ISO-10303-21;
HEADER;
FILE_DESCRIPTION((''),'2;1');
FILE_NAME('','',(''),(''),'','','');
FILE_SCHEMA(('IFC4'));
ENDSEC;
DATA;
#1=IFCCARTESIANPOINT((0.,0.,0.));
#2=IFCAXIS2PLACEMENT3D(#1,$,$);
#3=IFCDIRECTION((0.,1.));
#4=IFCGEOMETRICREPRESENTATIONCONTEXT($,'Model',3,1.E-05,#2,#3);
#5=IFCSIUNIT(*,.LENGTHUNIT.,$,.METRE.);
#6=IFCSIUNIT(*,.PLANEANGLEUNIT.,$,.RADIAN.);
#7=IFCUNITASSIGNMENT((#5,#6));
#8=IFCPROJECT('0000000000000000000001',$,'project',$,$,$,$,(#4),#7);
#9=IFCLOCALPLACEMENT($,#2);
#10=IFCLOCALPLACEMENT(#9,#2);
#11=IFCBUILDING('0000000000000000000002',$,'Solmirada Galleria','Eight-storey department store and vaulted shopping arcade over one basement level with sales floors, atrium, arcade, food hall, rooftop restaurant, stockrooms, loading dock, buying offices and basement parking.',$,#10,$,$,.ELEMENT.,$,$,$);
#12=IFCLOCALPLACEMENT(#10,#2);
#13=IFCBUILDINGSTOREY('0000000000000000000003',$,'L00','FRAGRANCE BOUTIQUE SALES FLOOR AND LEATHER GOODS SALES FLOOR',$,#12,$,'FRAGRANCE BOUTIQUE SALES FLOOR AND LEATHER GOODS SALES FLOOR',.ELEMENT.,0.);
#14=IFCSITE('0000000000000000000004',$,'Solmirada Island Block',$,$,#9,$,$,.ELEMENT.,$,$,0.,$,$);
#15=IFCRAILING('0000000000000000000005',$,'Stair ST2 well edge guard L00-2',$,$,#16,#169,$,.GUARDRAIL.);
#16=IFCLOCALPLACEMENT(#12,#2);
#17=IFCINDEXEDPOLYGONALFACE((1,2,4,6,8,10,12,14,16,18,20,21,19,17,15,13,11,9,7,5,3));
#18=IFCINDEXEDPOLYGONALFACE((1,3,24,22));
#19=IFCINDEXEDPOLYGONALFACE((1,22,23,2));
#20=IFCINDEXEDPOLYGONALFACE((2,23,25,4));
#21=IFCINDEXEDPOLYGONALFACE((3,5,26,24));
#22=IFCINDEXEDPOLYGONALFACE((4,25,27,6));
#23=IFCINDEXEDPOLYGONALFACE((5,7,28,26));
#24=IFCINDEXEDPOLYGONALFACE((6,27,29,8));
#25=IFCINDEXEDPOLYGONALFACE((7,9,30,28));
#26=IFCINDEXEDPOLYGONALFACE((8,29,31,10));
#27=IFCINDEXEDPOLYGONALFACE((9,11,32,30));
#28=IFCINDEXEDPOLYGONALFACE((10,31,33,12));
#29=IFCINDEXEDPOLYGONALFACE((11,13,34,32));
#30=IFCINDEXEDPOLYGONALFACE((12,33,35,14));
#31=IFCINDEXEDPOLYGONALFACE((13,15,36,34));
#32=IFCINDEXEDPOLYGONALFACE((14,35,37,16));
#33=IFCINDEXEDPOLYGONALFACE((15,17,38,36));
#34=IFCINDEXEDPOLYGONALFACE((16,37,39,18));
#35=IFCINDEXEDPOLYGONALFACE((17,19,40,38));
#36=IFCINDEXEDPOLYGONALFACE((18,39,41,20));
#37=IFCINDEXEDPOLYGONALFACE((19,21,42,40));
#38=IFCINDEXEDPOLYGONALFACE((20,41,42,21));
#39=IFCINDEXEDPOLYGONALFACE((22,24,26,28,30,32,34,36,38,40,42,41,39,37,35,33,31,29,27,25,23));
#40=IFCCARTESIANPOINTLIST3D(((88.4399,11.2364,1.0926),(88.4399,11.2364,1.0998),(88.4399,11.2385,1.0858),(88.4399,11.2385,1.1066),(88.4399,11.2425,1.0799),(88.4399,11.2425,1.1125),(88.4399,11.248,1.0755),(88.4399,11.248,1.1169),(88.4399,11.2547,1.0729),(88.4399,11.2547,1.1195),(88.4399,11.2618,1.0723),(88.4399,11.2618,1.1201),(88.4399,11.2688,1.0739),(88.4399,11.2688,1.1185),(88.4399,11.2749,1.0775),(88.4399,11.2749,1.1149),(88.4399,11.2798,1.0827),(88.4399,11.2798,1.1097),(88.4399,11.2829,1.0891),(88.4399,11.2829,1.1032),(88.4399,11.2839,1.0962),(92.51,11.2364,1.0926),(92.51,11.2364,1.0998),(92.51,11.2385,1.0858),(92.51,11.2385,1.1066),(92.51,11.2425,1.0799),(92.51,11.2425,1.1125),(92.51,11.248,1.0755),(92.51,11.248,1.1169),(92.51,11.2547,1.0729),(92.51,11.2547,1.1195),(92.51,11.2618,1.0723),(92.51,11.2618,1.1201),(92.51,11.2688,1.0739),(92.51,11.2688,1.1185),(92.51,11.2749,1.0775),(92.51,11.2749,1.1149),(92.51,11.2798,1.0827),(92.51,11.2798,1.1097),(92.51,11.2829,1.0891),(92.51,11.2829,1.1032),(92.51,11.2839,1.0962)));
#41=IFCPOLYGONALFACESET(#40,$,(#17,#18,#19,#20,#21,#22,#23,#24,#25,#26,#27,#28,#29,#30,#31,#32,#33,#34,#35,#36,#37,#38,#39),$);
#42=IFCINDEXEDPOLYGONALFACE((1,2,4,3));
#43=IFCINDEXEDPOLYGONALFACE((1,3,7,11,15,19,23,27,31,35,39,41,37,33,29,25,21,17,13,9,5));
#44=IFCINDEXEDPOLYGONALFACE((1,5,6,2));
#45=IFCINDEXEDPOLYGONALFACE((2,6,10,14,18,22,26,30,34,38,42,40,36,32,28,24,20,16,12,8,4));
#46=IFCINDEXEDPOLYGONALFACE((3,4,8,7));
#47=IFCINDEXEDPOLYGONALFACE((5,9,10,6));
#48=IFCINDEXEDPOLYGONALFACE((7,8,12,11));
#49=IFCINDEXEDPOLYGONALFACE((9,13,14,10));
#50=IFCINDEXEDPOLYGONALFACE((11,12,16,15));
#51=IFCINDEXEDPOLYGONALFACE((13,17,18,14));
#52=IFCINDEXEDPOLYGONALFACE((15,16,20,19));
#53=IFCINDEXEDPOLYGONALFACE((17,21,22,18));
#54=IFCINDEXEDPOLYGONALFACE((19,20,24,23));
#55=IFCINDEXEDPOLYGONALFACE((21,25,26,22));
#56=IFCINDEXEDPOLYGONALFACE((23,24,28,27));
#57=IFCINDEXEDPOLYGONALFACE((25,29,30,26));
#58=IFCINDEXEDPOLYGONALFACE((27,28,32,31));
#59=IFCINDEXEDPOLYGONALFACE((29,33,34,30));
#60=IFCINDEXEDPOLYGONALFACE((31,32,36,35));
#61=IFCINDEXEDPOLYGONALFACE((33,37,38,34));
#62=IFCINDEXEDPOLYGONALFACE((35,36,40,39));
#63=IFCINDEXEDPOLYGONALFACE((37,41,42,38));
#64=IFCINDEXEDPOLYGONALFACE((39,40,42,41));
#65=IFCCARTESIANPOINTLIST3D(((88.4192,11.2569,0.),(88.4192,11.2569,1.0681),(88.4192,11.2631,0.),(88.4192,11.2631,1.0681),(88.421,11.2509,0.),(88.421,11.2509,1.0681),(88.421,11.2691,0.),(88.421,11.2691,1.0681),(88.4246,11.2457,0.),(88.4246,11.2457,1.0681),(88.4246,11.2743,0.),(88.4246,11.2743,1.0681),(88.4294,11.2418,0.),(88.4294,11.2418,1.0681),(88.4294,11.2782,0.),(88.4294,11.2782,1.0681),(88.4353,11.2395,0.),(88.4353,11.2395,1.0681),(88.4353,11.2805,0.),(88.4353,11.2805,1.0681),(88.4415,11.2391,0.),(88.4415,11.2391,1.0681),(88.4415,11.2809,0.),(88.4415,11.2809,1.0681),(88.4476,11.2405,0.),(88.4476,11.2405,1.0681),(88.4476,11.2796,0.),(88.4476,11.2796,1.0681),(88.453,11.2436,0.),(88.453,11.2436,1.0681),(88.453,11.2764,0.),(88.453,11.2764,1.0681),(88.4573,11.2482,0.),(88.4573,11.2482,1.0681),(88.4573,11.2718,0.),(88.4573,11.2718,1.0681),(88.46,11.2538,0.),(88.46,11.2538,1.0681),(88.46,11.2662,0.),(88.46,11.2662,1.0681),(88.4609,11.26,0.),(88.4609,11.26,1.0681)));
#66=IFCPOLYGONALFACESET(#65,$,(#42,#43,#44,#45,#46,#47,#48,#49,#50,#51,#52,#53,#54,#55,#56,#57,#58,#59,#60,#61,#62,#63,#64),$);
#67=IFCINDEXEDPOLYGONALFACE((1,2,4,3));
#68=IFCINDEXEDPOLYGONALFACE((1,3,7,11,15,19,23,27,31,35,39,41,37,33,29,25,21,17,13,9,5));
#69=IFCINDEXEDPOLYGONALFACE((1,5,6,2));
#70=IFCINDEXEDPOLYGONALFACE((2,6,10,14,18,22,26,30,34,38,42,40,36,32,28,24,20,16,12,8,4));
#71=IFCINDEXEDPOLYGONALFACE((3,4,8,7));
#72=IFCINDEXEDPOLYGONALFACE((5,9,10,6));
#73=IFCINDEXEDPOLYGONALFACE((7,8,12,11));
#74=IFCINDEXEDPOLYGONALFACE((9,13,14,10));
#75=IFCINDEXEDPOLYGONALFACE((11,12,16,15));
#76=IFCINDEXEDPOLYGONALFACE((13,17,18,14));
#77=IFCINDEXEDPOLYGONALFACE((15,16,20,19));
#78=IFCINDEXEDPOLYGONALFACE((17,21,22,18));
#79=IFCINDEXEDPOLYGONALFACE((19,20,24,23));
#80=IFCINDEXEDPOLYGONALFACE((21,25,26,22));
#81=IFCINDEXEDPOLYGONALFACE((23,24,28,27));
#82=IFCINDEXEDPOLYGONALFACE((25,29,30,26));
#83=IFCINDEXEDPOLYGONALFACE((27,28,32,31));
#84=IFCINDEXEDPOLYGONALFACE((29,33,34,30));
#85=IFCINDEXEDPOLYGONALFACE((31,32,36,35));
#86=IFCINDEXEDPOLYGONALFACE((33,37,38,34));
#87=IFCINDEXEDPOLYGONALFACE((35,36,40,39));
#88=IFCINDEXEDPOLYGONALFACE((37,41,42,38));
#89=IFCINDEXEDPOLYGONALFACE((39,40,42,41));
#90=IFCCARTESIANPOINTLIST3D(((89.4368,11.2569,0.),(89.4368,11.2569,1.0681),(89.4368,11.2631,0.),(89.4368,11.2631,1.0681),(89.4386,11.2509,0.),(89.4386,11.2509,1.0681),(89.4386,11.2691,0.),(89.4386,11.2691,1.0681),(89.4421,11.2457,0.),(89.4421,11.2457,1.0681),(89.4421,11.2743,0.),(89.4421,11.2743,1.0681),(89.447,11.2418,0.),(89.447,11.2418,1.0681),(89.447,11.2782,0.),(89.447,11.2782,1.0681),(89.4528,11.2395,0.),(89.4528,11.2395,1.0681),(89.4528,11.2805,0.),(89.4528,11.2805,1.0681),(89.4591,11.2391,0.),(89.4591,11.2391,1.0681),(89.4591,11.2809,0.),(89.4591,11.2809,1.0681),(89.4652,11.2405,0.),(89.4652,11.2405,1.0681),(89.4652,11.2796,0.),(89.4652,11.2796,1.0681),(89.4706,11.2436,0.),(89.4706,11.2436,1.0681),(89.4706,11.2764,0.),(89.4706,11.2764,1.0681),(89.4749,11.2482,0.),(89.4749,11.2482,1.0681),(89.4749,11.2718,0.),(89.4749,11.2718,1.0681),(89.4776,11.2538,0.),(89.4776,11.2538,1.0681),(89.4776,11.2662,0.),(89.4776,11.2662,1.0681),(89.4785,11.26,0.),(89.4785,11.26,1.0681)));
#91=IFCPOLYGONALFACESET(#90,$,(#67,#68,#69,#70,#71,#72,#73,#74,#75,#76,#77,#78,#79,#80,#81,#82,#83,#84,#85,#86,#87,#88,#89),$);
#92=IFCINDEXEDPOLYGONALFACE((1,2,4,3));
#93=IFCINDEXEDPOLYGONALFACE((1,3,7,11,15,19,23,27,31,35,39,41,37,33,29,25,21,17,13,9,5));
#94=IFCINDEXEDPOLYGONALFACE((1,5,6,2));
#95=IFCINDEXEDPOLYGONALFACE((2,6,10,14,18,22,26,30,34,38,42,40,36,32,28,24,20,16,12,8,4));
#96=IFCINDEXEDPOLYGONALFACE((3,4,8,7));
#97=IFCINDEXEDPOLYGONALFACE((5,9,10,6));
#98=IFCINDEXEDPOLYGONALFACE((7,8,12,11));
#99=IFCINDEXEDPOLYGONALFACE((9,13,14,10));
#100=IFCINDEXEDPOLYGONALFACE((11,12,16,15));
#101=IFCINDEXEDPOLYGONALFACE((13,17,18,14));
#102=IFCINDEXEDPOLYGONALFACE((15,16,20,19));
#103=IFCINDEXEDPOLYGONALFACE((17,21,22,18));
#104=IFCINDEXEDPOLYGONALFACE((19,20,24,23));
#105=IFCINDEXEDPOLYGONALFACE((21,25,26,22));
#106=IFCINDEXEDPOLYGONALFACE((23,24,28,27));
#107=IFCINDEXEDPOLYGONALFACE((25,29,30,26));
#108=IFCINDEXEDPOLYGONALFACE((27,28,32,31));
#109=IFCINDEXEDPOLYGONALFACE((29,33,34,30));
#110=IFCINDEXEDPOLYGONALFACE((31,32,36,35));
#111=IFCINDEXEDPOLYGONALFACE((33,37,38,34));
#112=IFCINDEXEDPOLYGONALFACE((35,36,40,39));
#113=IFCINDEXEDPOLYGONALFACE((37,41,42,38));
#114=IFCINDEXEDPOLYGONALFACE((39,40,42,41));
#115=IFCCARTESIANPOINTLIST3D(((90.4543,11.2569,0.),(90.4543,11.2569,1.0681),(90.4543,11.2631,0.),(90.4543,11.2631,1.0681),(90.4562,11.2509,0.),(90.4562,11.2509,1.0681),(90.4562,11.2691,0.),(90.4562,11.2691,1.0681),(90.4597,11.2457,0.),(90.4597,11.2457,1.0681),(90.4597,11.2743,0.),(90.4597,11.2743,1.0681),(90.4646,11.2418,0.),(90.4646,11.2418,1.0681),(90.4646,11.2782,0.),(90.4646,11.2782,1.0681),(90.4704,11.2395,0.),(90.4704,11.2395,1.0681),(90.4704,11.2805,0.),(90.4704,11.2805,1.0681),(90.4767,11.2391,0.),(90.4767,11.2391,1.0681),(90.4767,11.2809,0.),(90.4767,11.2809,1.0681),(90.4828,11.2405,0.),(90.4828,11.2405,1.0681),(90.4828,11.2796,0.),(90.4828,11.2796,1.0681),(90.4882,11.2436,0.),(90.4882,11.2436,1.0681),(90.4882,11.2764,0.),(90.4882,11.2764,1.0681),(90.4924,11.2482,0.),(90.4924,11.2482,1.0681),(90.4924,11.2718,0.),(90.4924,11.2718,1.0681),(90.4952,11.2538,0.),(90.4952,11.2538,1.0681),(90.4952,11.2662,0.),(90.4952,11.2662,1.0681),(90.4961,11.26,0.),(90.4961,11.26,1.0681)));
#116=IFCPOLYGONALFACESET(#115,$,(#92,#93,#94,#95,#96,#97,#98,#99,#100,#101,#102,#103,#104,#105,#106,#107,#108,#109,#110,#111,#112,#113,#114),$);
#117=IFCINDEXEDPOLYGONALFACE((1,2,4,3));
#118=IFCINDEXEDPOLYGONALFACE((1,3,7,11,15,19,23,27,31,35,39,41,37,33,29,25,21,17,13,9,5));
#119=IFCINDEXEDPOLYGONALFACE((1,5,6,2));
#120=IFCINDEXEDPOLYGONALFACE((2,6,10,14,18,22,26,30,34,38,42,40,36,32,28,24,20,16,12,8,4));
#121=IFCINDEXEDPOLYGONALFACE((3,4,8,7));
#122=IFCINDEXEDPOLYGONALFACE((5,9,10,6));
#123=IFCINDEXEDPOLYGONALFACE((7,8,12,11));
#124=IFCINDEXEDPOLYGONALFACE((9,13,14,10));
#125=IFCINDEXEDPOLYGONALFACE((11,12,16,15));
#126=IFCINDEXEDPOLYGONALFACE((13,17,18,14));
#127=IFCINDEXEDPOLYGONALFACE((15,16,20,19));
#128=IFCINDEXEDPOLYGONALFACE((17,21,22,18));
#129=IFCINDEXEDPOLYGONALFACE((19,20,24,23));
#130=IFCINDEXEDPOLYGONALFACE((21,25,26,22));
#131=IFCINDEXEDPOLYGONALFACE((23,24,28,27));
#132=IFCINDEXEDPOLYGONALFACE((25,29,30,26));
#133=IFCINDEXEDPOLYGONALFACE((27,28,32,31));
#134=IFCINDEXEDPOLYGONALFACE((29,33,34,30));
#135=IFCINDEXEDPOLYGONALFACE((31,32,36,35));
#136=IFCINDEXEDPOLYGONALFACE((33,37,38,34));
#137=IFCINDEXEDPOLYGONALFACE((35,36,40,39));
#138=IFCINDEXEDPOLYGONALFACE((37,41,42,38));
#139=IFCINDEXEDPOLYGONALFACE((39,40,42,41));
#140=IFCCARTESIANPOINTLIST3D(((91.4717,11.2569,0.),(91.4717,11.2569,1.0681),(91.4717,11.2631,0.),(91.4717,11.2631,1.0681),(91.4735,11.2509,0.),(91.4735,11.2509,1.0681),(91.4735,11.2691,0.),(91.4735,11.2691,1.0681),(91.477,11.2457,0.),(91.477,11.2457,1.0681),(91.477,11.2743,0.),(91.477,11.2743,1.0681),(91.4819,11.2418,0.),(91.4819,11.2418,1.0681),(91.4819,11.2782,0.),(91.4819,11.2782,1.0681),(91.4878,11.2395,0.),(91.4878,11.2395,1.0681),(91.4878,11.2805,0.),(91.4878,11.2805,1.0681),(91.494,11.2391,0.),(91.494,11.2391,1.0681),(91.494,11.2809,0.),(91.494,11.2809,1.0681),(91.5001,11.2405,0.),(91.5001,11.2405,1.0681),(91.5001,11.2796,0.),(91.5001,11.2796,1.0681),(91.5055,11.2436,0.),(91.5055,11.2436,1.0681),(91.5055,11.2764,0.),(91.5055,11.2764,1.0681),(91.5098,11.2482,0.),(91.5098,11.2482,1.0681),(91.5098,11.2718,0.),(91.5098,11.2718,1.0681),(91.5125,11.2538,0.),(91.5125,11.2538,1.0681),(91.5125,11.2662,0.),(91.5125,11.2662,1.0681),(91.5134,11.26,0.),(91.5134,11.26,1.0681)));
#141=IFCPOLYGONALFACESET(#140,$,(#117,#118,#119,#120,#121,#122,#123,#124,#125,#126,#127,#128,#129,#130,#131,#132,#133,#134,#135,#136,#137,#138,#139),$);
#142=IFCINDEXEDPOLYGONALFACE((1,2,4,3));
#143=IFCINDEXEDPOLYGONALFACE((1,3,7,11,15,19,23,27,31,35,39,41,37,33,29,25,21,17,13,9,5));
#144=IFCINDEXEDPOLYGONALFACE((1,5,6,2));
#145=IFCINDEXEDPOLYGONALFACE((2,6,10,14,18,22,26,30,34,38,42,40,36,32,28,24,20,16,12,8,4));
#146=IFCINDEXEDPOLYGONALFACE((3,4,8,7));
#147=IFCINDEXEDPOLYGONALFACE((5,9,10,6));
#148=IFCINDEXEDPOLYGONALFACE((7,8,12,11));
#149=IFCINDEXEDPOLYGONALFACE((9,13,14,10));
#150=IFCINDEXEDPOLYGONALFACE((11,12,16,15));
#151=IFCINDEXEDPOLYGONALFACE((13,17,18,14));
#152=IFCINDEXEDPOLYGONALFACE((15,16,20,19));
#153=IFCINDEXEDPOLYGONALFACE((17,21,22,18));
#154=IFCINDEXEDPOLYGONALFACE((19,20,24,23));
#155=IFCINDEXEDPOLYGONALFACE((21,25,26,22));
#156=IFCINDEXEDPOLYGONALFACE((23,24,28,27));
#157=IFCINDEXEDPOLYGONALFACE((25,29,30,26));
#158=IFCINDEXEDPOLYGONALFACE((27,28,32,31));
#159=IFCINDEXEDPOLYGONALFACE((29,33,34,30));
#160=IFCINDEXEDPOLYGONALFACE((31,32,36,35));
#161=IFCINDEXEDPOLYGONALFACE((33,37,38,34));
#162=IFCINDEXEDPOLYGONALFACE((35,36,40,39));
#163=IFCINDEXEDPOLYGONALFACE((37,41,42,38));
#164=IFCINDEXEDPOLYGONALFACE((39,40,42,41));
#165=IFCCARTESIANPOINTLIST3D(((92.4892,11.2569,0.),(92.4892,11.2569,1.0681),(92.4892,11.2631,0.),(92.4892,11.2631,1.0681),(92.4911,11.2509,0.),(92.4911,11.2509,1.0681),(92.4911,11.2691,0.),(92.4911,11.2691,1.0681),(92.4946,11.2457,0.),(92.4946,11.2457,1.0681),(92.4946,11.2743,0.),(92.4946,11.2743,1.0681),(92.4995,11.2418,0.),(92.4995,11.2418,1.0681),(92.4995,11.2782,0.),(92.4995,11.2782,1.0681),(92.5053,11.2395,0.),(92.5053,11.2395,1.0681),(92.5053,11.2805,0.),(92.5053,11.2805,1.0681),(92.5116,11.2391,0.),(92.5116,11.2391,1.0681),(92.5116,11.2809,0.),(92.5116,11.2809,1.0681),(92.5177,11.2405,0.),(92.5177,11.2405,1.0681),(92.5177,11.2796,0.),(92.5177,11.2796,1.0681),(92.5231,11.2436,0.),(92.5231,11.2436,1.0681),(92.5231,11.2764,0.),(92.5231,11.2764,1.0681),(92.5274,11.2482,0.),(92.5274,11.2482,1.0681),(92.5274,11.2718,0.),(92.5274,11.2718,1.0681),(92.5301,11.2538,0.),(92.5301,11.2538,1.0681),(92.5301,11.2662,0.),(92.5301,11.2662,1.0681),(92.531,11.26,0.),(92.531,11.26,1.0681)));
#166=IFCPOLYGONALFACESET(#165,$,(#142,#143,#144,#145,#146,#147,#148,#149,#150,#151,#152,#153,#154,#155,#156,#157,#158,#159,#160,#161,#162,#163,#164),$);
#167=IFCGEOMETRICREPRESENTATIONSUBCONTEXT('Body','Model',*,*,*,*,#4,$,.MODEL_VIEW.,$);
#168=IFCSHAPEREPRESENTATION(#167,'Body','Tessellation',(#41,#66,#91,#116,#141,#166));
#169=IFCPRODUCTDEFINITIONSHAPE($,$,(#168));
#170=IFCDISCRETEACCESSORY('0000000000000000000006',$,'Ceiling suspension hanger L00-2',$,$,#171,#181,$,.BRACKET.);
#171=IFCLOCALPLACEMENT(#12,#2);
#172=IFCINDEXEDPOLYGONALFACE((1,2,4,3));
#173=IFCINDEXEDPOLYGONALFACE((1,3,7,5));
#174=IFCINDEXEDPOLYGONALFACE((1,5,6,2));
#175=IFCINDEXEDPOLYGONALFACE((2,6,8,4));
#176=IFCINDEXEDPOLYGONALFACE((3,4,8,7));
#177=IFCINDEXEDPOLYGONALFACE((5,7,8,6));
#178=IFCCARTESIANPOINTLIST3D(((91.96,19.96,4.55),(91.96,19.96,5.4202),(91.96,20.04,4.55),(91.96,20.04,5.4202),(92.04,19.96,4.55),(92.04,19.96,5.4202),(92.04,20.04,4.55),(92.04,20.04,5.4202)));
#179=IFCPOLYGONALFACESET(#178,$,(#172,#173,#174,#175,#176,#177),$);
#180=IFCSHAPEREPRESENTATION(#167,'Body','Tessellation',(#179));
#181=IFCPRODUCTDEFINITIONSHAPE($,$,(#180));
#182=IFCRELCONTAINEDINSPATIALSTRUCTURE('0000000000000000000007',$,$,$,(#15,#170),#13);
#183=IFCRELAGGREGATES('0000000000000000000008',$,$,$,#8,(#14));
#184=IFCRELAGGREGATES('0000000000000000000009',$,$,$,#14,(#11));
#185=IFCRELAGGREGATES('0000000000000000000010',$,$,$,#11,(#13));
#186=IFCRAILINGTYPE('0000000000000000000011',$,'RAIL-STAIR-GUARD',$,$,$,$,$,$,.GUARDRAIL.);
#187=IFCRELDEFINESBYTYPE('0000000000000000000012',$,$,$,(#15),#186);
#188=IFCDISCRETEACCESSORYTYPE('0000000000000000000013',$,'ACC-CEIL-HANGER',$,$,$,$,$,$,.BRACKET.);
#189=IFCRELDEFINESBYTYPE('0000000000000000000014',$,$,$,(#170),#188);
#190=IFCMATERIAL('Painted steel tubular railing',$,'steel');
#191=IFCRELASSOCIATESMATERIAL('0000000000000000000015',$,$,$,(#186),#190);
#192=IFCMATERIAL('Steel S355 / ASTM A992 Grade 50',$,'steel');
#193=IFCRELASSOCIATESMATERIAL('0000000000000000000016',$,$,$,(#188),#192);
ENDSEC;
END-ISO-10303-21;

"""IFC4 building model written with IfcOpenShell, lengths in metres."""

from ifc_helpers import new_model, si_unit, direction, frame, origin, origin_2d, place, context, subcontext, project, spatial, rectangle, circle, extrude, material, type_object, element, save


model = new_model("IFC4")

# Units and contexts
model_context = context("Model", 3, precision=1e-05, world=origin(), true_north=direction((0.0, 1.0)))
body_context = subcontext(model_context, "Body", "Model", "MODEL_VIEW")
ifc_project = project(units=[si_unit("LENGTHUNIT", "METRE"), si_unit("PLANEANGLEUNIT", "RADIAN")], contexts=[model_context])

# Site, building, storey
site_placement = place(None, origin())
site = spatial("IfcSite", under=ifc_project, at=site_placement, Name="Solmirada Island Block", CompositionType="ELEMENT", RefElevation=0.0)
building_placement = place(site_placement, origin())
building = spatial("IfcBuilding", under=site, at=building_placement, Name="Solmirada Galleria", Description="Eight-storey department store and vaulted shopping arcade over one basement level with sales floors, atrium, arcade, food hall, rooftop restaurant, stockrooms, loading dock, buying offices and basement parking.", CompositionType="ELEMENT")
storey_placement = place(building_placement, origin())
storey = spatial("IfcBuildingStorey", under=building, at=storey_placement, Name="L00", Description="FRAGRANCE BOUTIQUE SALES FLOOR AND LEATHER GOODS SALES FLOOR", LongName="FRAGRANCE BOUTIQUE SALES FLOOR AND LEATHER GOODS SALES FLOOR", CompositionType="ELEMENT", Elevation=0.0)

# Shared definitions
ifc_material_1 = material(Name="Steel S355 / ASTM A992 Grade 50", Category="steel")

# Railing
ifc_material_2 = material(Name="Painted steel tubular railing", Category="steel")
railing_type = type_object("IfcRailingType", Name="RAIL-STAIR-GUARD", PredefinedType="GUARDRAIL", material=ifc_material_2)
railing_1_placement = place(storey_placement, frame((88.4399, 11.26, 0.0)))
element("IfcRailing", 1, at=railing_1_placement, inside=storey, type_object=railing_type, Name="Stair ST2 well edge guard L00-2", PredefinedType="GUARDRAIL", context=body_context, shape_type="SweptSolid", body=[
    extrude(circle(Radius=0.0239, at=origin_2d()), frame((0.0, 0.0, 1.0962), z_axis=(1.0, 0.0, 0.0), x_axis=(0.0, 1.0, 0.0)), (0.0, 0.0, 1.0), 4.0701),
    extrude(circle(Radius=0.021, at=origin_2d()), origin(), (0.0, 0.0, 1.0), 1.0681),
    extrude(circle(Radius=0.021, at=origin_2d()), frame((1.0176, 0.0, 0.0)), (0.0, 0.0, 1.0), 1.0681),
    extrude(circle(Radius=0.021, at=origin_2d()), frame((2.0352, 0.0, 0.0)), (0.0, 0.0, 1.0), 1.0681),
    extrude(circle(Radius=0.021, at=origin_2d()), frame((3.0525, 0.0, 0.0)), (0.0, 0.0, 1.0), 1.0681),
    extrude(circle(Radius=0.021, at=origin_2d()), frame((4.0701, 0.0, 0.0)), (0.0, 0.0, 1.0), 1.0681),
])

# Discrete accessory
discrete_accessory_type = type_object("IfcDiscreteAccessoryType", Name="ACC-CEIL-HANGER", PredefinedType="BRACKET", material=ifc_material_1)
discrete_accessory_placement = place(storey_placement, frame((92.0, 20.0, 4.55), z_axis=(0.0, 0.0, 1.0), x_axis=(1.0, 0.0, 0.0)))
element("IfcDiscreteAccessory", 2, at=discrete_accessory_placement, inside=storey, type_object=discrete_accessory_type, Name="Ceiling suspension hanger L00-2", PredefinedType="BRACKET", context=body_context, shape_type="SweptSolid", body=[
    extrude(rectangle(XDim=0.0801, YDim=0.0801, at=origin_2d()), origin(), (0.0, 0.0, 1.0), 0.8701),
])

save(model, "model.ifc")
